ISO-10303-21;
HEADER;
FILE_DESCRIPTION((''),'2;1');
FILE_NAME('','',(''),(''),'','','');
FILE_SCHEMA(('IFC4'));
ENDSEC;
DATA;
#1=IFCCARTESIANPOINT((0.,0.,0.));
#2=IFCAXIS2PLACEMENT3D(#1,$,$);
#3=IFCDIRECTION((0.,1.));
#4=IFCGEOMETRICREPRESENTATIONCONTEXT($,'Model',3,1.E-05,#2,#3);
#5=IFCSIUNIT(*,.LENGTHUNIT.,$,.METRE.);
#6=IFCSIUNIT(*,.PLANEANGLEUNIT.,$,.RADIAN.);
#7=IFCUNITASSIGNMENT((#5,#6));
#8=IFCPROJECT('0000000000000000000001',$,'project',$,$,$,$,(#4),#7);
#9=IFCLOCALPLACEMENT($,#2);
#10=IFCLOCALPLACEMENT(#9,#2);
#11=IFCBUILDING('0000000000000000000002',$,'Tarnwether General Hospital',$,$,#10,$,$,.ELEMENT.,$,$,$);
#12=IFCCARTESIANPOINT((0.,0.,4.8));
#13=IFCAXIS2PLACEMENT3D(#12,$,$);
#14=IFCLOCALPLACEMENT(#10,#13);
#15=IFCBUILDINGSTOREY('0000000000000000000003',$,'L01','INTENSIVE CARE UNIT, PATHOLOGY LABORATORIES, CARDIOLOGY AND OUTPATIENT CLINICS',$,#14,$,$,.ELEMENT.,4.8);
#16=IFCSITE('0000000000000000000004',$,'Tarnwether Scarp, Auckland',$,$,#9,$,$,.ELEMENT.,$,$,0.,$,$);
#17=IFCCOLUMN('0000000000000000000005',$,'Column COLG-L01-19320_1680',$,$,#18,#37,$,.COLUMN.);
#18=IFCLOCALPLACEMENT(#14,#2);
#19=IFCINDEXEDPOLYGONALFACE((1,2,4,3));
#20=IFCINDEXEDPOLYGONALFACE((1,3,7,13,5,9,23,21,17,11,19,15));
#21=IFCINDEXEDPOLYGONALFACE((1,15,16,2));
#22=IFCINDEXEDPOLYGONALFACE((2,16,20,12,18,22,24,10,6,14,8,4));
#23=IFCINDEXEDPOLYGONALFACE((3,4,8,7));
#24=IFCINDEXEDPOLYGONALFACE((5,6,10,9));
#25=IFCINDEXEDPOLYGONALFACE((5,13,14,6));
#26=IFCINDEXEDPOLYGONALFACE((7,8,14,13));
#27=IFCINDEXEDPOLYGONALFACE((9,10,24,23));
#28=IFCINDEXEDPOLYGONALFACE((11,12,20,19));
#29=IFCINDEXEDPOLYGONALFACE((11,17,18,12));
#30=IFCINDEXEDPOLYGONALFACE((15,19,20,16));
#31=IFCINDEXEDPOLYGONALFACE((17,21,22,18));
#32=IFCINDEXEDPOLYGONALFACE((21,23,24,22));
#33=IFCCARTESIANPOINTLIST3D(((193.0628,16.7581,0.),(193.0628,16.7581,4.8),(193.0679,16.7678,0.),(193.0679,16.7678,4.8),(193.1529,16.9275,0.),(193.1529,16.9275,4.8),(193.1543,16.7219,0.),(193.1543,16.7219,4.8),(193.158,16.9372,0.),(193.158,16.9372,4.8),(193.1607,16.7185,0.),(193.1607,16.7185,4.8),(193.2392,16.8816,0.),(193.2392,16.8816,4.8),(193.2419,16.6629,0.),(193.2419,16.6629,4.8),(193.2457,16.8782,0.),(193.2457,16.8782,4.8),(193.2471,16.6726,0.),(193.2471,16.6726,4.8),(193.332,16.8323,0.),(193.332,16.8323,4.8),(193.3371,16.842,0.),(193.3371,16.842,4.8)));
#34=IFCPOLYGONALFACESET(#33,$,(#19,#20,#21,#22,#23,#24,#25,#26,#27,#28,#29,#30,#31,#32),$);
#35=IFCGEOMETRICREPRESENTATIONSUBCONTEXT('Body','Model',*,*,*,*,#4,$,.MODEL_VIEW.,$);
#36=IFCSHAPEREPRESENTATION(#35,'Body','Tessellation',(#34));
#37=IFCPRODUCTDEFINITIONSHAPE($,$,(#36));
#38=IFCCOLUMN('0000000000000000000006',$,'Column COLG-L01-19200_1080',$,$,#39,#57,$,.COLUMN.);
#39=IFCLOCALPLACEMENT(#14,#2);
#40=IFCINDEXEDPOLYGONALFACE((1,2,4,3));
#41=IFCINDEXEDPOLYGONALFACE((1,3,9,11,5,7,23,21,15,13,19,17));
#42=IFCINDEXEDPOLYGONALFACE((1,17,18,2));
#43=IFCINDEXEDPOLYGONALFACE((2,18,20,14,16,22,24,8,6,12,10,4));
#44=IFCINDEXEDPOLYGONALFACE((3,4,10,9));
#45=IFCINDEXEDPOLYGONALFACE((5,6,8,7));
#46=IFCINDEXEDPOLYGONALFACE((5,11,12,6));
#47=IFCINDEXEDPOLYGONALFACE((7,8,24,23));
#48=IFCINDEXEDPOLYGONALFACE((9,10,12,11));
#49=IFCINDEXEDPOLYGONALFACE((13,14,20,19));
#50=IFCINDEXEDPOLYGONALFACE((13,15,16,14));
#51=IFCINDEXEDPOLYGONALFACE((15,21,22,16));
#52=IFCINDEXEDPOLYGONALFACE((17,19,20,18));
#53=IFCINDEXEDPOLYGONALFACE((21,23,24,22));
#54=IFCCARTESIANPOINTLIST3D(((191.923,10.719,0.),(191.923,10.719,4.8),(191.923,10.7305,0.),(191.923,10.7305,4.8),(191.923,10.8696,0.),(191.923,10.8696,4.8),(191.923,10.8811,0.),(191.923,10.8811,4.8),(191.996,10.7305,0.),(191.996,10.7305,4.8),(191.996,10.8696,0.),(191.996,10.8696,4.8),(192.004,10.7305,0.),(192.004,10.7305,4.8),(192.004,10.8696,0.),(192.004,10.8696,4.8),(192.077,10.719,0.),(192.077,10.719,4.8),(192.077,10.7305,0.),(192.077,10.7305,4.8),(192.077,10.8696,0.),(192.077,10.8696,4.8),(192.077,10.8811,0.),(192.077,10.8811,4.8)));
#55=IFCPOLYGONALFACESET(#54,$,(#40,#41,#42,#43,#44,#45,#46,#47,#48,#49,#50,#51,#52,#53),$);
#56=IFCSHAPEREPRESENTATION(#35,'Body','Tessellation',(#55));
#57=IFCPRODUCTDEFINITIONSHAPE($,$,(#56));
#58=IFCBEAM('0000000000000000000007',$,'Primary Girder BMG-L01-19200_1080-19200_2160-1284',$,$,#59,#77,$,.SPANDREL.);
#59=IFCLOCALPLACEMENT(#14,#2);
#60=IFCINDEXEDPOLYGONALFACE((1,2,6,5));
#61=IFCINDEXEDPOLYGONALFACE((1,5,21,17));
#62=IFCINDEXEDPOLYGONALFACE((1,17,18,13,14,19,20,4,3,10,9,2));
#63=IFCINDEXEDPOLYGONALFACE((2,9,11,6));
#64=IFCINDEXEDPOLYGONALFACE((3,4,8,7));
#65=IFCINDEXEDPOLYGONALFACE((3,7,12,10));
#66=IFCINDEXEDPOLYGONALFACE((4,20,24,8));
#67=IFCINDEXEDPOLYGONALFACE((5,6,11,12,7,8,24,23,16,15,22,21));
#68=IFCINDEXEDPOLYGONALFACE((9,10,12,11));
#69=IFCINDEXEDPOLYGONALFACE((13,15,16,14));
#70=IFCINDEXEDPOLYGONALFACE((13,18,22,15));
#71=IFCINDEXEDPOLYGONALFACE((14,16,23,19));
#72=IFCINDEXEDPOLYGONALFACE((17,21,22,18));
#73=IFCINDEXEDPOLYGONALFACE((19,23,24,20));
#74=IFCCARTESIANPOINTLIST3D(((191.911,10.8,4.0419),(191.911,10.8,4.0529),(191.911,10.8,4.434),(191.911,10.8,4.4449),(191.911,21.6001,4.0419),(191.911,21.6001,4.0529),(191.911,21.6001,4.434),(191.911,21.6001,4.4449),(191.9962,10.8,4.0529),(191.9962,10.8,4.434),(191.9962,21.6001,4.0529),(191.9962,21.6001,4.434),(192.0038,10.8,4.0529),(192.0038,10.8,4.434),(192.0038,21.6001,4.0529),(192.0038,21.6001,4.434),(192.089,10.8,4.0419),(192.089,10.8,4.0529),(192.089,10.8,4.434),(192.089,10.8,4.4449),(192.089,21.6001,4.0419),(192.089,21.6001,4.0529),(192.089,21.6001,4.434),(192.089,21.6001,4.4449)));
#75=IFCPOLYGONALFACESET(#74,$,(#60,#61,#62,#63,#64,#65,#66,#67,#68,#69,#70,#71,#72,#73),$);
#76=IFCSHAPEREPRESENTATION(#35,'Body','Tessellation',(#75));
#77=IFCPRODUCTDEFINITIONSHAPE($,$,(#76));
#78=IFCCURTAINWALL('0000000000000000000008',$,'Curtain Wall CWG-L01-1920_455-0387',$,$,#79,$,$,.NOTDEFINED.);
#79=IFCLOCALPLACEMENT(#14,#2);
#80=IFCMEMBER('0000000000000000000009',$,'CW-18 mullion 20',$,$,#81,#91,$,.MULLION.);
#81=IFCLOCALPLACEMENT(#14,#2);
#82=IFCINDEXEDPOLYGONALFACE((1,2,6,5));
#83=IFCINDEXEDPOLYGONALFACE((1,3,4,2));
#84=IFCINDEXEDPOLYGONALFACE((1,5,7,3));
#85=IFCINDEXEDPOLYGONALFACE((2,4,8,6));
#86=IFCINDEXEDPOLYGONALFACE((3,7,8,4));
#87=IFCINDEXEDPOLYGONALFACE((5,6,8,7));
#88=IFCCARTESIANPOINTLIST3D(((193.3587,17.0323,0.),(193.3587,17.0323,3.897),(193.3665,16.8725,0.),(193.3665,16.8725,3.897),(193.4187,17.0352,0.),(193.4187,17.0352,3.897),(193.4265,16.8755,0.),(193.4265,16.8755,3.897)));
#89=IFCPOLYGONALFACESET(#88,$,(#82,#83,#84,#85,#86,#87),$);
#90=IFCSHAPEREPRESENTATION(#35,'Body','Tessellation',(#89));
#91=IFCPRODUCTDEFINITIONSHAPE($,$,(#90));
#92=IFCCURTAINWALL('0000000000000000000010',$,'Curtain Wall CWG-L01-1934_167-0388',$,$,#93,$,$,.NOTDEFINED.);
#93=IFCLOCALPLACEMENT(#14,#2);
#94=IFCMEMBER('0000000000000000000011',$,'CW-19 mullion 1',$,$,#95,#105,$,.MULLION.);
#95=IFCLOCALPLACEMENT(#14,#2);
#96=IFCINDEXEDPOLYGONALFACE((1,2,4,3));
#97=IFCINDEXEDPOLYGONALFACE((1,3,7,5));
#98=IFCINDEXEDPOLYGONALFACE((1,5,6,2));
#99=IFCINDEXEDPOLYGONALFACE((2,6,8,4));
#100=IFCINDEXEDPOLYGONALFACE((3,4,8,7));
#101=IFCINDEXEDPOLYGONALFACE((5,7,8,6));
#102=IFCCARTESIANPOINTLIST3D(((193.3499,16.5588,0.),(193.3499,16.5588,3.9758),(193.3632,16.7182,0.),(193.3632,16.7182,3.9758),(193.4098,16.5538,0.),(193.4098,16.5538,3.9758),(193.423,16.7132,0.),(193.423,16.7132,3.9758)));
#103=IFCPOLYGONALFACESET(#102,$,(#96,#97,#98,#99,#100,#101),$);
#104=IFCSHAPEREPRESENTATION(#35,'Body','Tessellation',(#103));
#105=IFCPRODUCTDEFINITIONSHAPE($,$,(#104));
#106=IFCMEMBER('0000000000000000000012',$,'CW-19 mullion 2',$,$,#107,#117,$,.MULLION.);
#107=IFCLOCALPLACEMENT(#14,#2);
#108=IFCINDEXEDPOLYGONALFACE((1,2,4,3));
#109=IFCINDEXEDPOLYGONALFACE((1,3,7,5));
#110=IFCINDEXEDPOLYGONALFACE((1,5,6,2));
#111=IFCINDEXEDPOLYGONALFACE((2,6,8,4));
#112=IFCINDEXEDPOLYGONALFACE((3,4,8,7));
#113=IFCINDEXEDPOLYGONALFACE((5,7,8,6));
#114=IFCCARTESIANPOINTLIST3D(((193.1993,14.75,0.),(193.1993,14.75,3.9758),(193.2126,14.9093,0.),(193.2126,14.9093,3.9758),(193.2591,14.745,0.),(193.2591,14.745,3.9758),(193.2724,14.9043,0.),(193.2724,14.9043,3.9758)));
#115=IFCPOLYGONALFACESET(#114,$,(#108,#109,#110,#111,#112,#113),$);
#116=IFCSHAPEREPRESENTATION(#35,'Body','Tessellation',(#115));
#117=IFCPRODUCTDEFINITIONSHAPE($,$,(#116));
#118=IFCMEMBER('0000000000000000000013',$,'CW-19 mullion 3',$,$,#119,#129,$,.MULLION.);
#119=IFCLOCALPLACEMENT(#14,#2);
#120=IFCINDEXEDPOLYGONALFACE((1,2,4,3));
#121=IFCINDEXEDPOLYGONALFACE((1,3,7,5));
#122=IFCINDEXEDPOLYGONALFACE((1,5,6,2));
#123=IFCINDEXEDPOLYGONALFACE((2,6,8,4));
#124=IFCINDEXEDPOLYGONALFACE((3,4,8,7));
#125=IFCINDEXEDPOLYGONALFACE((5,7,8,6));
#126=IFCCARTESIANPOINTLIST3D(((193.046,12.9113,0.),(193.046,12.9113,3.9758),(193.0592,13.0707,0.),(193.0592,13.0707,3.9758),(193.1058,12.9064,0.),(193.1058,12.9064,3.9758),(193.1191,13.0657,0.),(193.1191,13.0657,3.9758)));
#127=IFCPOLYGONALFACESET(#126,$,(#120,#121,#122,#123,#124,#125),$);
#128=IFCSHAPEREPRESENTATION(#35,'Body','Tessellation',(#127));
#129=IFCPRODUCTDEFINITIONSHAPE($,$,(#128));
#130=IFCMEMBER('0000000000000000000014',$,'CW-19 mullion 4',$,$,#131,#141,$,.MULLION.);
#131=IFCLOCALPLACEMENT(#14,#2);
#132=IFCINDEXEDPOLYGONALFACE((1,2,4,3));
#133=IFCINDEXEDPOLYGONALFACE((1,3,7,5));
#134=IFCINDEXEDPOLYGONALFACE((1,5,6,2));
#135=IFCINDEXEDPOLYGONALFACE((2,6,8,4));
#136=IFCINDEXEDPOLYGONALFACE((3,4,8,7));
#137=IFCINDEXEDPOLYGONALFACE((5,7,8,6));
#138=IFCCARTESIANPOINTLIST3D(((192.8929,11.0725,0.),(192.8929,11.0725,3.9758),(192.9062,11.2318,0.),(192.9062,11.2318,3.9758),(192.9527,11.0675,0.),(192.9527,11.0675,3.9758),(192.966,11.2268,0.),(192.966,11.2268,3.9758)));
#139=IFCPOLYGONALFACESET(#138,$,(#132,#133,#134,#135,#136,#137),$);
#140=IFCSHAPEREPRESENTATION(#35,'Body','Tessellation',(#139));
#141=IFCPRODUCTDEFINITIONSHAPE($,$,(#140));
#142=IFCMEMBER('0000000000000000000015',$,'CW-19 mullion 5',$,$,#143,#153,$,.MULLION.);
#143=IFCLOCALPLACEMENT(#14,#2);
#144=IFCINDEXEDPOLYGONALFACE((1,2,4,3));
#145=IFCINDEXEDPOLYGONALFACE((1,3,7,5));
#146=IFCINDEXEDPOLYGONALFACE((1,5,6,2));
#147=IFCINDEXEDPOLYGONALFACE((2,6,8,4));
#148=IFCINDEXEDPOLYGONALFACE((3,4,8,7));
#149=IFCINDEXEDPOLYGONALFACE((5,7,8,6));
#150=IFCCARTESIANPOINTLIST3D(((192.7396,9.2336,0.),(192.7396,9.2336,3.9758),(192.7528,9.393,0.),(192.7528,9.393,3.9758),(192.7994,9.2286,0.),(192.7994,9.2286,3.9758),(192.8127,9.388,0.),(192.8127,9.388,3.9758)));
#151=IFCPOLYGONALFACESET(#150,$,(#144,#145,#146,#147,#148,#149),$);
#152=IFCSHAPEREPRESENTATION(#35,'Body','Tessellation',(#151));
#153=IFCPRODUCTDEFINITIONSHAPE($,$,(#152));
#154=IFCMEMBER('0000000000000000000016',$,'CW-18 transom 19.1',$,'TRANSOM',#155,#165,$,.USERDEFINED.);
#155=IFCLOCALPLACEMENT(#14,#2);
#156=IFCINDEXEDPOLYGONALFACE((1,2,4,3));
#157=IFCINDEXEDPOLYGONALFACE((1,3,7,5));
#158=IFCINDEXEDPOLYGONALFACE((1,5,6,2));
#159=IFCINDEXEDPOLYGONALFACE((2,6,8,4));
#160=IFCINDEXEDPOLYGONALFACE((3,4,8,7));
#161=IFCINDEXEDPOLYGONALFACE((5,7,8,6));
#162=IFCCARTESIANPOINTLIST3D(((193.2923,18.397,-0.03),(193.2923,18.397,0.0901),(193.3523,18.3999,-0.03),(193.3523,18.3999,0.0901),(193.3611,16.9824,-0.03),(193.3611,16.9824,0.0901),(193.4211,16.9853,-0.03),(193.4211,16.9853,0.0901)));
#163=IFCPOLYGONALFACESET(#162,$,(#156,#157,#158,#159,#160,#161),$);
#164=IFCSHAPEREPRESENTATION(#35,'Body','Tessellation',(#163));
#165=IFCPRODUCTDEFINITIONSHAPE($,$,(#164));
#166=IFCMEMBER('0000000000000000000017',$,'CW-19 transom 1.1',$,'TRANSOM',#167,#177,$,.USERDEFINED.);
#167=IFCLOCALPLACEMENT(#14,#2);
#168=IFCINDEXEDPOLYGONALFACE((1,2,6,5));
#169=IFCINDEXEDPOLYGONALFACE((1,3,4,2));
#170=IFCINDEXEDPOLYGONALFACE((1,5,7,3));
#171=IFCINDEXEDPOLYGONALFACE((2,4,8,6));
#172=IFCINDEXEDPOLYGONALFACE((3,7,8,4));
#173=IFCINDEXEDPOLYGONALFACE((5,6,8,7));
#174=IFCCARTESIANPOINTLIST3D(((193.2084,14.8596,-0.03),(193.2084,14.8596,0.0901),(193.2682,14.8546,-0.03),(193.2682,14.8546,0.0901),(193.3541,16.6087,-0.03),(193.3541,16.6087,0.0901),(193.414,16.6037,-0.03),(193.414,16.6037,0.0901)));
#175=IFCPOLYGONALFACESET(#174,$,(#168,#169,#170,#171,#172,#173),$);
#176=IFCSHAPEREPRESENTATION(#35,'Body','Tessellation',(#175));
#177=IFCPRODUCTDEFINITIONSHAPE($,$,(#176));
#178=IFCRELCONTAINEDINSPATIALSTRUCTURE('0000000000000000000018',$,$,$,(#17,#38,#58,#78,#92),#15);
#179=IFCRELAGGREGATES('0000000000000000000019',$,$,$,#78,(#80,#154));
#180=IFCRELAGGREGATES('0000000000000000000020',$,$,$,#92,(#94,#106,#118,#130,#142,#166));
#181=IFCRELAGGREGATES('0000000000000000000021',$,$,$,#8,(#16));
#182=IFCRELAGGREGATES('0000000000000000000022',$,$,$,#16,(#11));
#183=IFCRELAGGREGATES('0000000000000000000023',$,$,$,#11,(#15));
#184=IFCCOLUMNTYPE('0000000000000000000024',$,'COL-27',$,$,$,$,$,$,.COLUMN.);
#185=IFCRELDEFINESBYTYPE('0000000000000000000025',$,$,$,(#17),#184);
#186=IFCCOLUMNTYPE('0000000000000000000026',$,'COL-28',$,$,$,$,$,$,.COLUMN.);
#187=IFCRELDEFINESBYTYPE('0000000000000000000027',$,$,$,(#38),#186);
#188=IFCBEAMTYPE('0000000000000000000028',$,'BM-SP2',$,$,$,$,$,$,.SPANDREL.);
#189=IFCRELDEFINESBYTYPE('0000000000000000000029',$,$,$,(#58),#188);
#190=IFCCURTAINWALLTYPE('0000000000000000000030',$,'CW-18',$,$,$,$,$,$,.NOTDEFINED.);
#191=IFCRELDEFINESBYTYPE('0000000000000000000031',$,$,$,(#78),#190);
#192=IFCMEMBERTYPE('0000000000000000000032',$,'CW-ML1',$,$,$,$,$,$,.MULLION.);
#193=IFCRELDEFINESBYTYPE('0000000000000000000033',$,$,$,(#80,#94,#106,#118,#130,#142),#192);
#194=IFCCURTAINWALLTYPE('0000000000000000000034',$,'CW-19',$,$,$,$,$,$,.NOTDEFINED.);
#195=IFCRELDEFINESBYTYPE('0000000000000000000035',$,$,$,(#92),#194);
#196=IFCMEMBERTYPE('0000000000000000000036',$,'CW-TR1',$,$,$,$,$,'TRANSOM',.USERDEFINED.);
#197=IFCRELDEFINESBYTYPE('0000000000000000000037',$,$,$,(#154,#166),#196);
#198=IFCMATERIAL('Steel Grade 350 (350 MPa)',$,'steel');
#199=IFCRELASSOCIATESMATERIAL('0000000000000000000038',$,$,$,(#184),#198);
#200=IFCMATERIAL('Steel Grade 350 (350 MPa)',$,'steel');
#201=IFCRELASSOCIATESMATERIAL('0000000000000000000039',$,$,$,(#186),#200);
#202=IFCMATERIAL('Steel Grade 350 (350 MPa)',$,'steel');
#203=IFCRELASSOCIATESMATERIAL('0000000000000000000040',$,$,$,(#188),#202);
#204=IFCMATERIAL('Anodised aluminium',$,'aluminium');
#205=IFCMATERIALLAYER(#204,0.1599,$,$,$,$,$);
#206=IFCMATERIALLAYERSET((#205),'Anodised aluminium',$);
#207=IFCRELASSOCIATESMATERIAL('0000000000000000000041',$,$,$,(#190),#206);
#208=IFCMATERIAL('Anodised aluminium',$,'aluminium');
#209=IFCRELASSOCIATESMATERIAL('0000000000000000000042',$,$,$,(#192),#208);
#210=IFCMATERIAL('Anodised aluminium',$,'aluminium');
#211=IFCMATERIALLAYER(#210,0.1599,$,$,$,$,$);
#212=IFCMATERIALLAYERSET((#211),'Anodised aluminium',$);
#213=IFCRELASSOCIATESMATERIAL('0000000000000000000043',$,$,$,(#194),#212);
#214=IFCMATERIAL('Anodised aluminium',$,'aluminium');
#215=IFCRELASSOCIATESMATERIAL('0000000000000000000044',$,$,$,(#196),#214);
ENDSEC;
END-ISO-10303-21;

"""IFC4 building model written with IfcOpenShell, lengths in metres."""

from ifc_helpers import new_model, si_unit, direction, frame, origin, origin_2d, place, context, subcontext, project, spatial, rectangle, i_section, extrude, material, layer, layer_set, material_profile, profile_set, type_object, element, aggregate, save


model = new_model("IFC4")

# Units and contexts
model_context = context("Model", 3, precision=1e-05, world=origin(), true_north=direction((0.0, 1.0)))
body_context = subcontext(model_context, "Body", "Model", "MODEL_VIEW")
ifc_project = project(units=[si_unit("LENGTHUNIT", "METRE"), si_unit("PLANEANGLEUNIT", "RADIAN")], contexts=[model_context])

# Site, building, storey
site_placement = place(None, origin())
site = spatial("IfcSite", under=ifc_project, at=site_placement, Name="Tarnwether Scarp, Auckland", CompositionType="ELEMENT", RefElevation=0.0)
building_placement = place(site_placement, origin())
building = spatial("IfcBuilding", under=site, at=building_placement, Name="Tarnwether General Hospital", CompositionType="ELEMENT")
storey_placement = place(building_placement, frame((0.0, 0.0, 4.8)))
storey = spatial("IfcBuildingStorey", under=building, at=storey_placement, Name="L01", Description="INTENSIVE CARE UNIT, PATHOLOGY LABORATORIES, CARDIOLOGY AND OUTPATIENT CLINICS", CompositionType="ELEMENT", Elevation=4.8)

# Columns
ifc_material_1 = material(Name="Steel Grade 350 (350 MPa)", Category="steel")
ifc_material_profile_1 = material_profile(ifc_material_1, i_section(OverallWidth=0.2029, OverallDepth=0.2029, WebThickness=0.0073, FlangeThickness=0.011, at=origin_2d()), Name="200UC46.2")
ifc_profile_set_1 = profile_set([ifc_material_profile_1], Name="Steel Grade 350 (350 MPa)")
column_type_1 = type_object("IfcColumnType", Name="COL-27", PredefinedType="COLUMN", material=ifc_profile_set_1)
column_1_placement = place(storey_placement, frame((193.2, 16.8, 0.0), z_axis=(0.0, 0.0, 1.0), x_axis=(0.882948, -0.469472, 0.0)))
element("IfcColumn", 1, at=column_1_placement, inside=storey, type_object=column_type_1, Name="Column COLG-L01-19320_1680", PredefinedType="COLUMN", context=body_context, shape_type="SweptSolid", body=[
    extrude(i_section(OverallWidth=0.2029, OverallDepth=0.2029, WebThickness=0.0073, FlangeThickness=0.011, at=origin_2d()), origin(), (0.0, 0.0, 1.0), 4.8),
])
ifc_material_2 = material(Name="Steel Grade 350 (350 MPa)", Category="steel")
ifc_material_profile_2 = material_profile(ifc_material_2, i_section(OverallWidth=0.1541, OverallDepth=0.1621, WebThickness=0.0081, FlangeThickness=0.0115, at=origin_2d()), Name="150UC37.2")
ifc_profile_set_2 = profile_set([ifc_material_profile_2], Name="Steel Grade 350 (350 MPa)")
column_type_2 = type_object("IfcColumnType", Name="COL-28", PredefinedType="COLUMN", material=ifc_profile_set_2)
column_2_placement = place(storey_placement, frame((192.0, 10.8, 0.0), z_axis=(0.0, 0.0, 1.0), x_axis=(1.0, 0.0, 0.0)))
element("IfcColumn", 2, at=column_2_placement, inside=storey, type_object=column_type_2, Name="Column COLG-L01-19200_1080", PredefinedType="COLUMN", context=body_context, shape_type="SweptSolid", body=[
    extrude(i_section(OverallWidth=0.1541, OverallDepth=0.1621, WebThickness=0.0081, FlangeThickness=0.0115, at=origin_2d()), origin(), (0.0, 0.0, 1.0), 4.8),
])

# Beam
ifc_material_3 = material(Name="Steel Grade 350 (350 MPa)", Category="steel")
ifc_material_profile_3 = material_profile(ifc_material_3, i_section(OverallWidth=0.178, OverallDepth=0.4031, WebThickness=0.0076, FlangeThickness=0.011, at=origin_2d()), Name="410UB53.7")
ifc_profile_set_3 = profile_set([ifc_material_profile_3], Name="Steel Grade 350 (350 MPa)")
beam_type = type_object("IfcBeamType", Name="BM-SP2", PredefinedType="SPANDREL", material=ifc_profile_set_3)
beam_placement = place(storey_placement, frame((192.0, 10.8, 4.2434), z_axis=(0.0, 1.0, 0.0), x_axis=(-1.0, 0.0, 0.0)))
element("IfcBeam", 3, at=beam_placement, inside=storey, type_object=beam_type, Name="Primary Girder BMG-L01-19200_1080-19200_2160-1284", PredefinedType="SPANDREL", context=body_context, shape_type="SweptSolid", body=[
    extrude(i_section(OverallWidth=0.178, OverallDepth=0.4031, WebThickness=0.0076, FlangeThickness=0.011, at=origin_2d()), origin(), (0.0, 0.0, 1.0), 10.8),
])

# Curtain wall, member
ifc_material_4 = material(Name="Anodised aluminium", Category="aluminium")
ifc_layer_1 = layer(ifc_material_4, 0.1599)
ifc_layer_set_1 = layer_set([ifc_layer_1], Name="Anodised aluminium")
curtain_wall_type_1 = type_object("IfcCurtainWallType", Name="CW-18", PredefinedType="NOTDEFINED", material=ifc_layer_set_1)
curtain_wall_1_placement = place(storey_placement, origin())
curtain_wall_1 = element("IfcCurtainWall", 4, at=curtain_wall_1_placement, inside=storey, type_object=curtain_wall_type_1, Name="Curtain Wall CWG-L01-1920_455-0387", PredefinedType="NOTDEFINED")
ifc_material_5 = material(Name="Anodised aluminium", Category="aluminium")
ifc_material_profile_4 = material_profile(ifc_material_5, rectangle(XDim=0.0601, YDim=0.1599, at=origin_2d()), Name="ALU-MUL-60x160")
ifc_profile_set_4 = profile_set([ifc_material_profile_4], Name="Anodised aluminium")
member_type_1 = type_object("IfcMemberType", Name="CW-ML1", PredefinedType="MULLION", material=ifc_profile_set_4)
member_1_placement = place(storey_placement, frame((193.3926, 16.9539, 0.0), z_axis=(0.0, 0.0, 1.0), x_axis=(0.99882, 0.04857, 0.0)))
member_1 = element("IfcMember", 5, at=member_1_placement, type_object=member_type_1, Name="CW-18 mullion 20", PredefinedType="MULLION", context=body_context, shape_type="SweptSolid", body=[
    extrude(rectangle(XDim=0.0601, YDim=0.1599, at=origin_2d()), origin(), (0.0, 0.0, 1.0), 3.897),
])

# Curtain wall, members
ifc_material_6 = material(Name="Anodised aluminium", Category="aluminium")
ifc_layer_2 = layer(ifc_material_6, 0.1599)
ifc_layer_set_2 = layer_set([ifc_layer_2], Name="Anodised aluminium")
curtain_wall_type_2 = type_object("IfcCurtainWallType", Name="CW-19", PredefinedType="NOTDEFINED", material=ifc_layer_set_2)
curtain_wall_2_placement = place(storey_placement, origin())
curtain_wall_2 = element("IfcCurtainWall", 6, at=curtain_wall_2_placement, inside=storey, type_object=curtain_wall_type_2, Name="Curtain Wall CWG-L01-1934_167-0388", PredefinedType="NOTDEFINED")
member_2_placement = place(storey_placement, frame((193.3865, 16.636, 0.0), z_axis=(0.0, 0.0, 1.0), x_axis=(0.996546, -0.08304, 0.0)))
member_2 = element("IfcMember", 7, at=member_2_placement, type_object=member_type_1, Name="CW-19 mullion 1", PredefinedType="MULLION", context=body_context, shape_type="SweptSolid", body=[
    extrude(rectangle(XDim=0.0601, YDim=0.1599, at=origin_2d()), origin(), (0.0, 0.0, 1.0), 3.9758),
])
member_3_placement = place(storey_placement, frame((193.2358, 14.8271, 0.0), z_axis=(0.0, 0.0, 1.0), x_axis=(0.996546, -0.08304, 0.0)))
member_3 = element("IfcMember", 8, at=member_3_placement, type_object=member_type_1, Name="CW-19 mullion 2", PredefinedType="MULLION", context=body_context, shape_type="SweptSolid", body=[
    extrude(rectangle(XDim=0.0601, YDim=0.1599, at=origin_2d()), origin(), (0.0, 0.0, 1.0), 3.9758),
])
member_4_placement = place(storey_placement, frame((193.0825, 12.9885, 0.0), z_axis=(0.0, 0.0, 1.0), x_axis=(0.996546, -0.08304, 0.0)))
member_4 = element("IfcMember", 9, at=member_4_placement, type_object=member_type_1, Name="CW-19 mullion 3", PredefinedType="MULLION", context=body_context, shape_type="SweptSolid", body=[
    extrude(rectangle(XDim=0.0601, YDim=0.1599, at=origin_2d()), origin(), (0.0, 0.0, 1.0), 3.9758),
])
member_5_placement = place(storey_placement, frame((192.9294, 11.1497, 0.0), z_axis=(0.0, 0.0, 1.0), x_axis=(0.996546, -0.08304, 0.0)))
member_5 = element("IfcMember", 10, at=member_5_placement, type_object=member_type_1, Name="CW-19 mullion 4", PredefinedType="MULLION", context=body_context, shape_type="SweptSolid", body=[
    extrude(rectangle(XDim=0.0601, YDim=0.1599, at=origin_2d()), origin(), (0.0, 0.0, 1.0), 3.9758),
])
member_6_placement = place(storey_placement, frame((192.7761, 9.3108, 0.0), z_axis=(0.0, 0.0, 1.0), x_axis=(0.996546, -0.08304, 0.0)))
member_6 = element("IfcMember", 11, at=member_6_placement, type_object=member_type_1, Name="CW-19 mullion 5", PredefinedType="MULLION", context=body_context, shape_type="SweptSolid", body=[
    extrude(rectangle(XDim=0.0601, YDim=0.1599, at=origin_2d()), origin(), (0.0, 0.0, 1.0), 3.9758),
])

# Members
ifc_material_7 = material(Name="Anodised aluminium", Category="aluminium")
ifc_material_profile_5 = material_profile(ifc_material_7, rectangle(XDim=0.0601, YDim=0.1201, at=origin_2d()), Name="ALU-TRN-60x120")
ifc_profile_set_5 = profile_set([ifc_material_profile_5], Name="Anodised aluminium")
member_type_2 = type_object("IfcMemberType", Name="CW-TR1", ElementType="TRANSOM", PredefinedType="USERDEFINED", material=ifc_profile_set_5)
member_7_placement = place(storey_placement, frame((193.3223, 18.3984, 0.03), z_axis=(0.048613, -0.998818, 0.0), x_axis=(0.998818, 0.048613, 0.0)))
member_7 = element("IfcMember", 12, at=member_7_placement, type_object=member_type_2, Name="CW-18 transom 19.1", ObjectType="TRANSOM", PredefinedType="USERDEFINED", context=body_context, shape_type="SweptSolid", body=[
    extrude(rectangle(XDim=0.0601, YDim=0.1201, at=origin_2d()), origin(), (0.0, 0.0, 1.0), 1.4163),
])
member_8_placement = place(storey_placement, frame((193.384, 16.6062, 0.03), z_axis=(-0.083045, -0.996546, 0.0), x_axis=(0.996546, -0.083045, 0.0)))
member_8 = element("IfcMember", 13, at=member_8_placement, type_object=member_type_2, Name="CW-19 transom 1.1", ObjectType="TRANSOM", PredefinedType="USERDEFINED", context=body_context, shape_type="SweptSolid", body=[
    extrude(rectangle(XDim=0.0601, YDim=0.1201, at=origin_2d()), origin(), (0.0, 0.0, 1.0), 1.7551),
])

aggregate(curtain_wall_1, [member_1, member_7])
aggregate(curtain_wall_2, [member_2, member_3, member_4, member_5, member_6, member_8])

save(model, "model.ifc")
